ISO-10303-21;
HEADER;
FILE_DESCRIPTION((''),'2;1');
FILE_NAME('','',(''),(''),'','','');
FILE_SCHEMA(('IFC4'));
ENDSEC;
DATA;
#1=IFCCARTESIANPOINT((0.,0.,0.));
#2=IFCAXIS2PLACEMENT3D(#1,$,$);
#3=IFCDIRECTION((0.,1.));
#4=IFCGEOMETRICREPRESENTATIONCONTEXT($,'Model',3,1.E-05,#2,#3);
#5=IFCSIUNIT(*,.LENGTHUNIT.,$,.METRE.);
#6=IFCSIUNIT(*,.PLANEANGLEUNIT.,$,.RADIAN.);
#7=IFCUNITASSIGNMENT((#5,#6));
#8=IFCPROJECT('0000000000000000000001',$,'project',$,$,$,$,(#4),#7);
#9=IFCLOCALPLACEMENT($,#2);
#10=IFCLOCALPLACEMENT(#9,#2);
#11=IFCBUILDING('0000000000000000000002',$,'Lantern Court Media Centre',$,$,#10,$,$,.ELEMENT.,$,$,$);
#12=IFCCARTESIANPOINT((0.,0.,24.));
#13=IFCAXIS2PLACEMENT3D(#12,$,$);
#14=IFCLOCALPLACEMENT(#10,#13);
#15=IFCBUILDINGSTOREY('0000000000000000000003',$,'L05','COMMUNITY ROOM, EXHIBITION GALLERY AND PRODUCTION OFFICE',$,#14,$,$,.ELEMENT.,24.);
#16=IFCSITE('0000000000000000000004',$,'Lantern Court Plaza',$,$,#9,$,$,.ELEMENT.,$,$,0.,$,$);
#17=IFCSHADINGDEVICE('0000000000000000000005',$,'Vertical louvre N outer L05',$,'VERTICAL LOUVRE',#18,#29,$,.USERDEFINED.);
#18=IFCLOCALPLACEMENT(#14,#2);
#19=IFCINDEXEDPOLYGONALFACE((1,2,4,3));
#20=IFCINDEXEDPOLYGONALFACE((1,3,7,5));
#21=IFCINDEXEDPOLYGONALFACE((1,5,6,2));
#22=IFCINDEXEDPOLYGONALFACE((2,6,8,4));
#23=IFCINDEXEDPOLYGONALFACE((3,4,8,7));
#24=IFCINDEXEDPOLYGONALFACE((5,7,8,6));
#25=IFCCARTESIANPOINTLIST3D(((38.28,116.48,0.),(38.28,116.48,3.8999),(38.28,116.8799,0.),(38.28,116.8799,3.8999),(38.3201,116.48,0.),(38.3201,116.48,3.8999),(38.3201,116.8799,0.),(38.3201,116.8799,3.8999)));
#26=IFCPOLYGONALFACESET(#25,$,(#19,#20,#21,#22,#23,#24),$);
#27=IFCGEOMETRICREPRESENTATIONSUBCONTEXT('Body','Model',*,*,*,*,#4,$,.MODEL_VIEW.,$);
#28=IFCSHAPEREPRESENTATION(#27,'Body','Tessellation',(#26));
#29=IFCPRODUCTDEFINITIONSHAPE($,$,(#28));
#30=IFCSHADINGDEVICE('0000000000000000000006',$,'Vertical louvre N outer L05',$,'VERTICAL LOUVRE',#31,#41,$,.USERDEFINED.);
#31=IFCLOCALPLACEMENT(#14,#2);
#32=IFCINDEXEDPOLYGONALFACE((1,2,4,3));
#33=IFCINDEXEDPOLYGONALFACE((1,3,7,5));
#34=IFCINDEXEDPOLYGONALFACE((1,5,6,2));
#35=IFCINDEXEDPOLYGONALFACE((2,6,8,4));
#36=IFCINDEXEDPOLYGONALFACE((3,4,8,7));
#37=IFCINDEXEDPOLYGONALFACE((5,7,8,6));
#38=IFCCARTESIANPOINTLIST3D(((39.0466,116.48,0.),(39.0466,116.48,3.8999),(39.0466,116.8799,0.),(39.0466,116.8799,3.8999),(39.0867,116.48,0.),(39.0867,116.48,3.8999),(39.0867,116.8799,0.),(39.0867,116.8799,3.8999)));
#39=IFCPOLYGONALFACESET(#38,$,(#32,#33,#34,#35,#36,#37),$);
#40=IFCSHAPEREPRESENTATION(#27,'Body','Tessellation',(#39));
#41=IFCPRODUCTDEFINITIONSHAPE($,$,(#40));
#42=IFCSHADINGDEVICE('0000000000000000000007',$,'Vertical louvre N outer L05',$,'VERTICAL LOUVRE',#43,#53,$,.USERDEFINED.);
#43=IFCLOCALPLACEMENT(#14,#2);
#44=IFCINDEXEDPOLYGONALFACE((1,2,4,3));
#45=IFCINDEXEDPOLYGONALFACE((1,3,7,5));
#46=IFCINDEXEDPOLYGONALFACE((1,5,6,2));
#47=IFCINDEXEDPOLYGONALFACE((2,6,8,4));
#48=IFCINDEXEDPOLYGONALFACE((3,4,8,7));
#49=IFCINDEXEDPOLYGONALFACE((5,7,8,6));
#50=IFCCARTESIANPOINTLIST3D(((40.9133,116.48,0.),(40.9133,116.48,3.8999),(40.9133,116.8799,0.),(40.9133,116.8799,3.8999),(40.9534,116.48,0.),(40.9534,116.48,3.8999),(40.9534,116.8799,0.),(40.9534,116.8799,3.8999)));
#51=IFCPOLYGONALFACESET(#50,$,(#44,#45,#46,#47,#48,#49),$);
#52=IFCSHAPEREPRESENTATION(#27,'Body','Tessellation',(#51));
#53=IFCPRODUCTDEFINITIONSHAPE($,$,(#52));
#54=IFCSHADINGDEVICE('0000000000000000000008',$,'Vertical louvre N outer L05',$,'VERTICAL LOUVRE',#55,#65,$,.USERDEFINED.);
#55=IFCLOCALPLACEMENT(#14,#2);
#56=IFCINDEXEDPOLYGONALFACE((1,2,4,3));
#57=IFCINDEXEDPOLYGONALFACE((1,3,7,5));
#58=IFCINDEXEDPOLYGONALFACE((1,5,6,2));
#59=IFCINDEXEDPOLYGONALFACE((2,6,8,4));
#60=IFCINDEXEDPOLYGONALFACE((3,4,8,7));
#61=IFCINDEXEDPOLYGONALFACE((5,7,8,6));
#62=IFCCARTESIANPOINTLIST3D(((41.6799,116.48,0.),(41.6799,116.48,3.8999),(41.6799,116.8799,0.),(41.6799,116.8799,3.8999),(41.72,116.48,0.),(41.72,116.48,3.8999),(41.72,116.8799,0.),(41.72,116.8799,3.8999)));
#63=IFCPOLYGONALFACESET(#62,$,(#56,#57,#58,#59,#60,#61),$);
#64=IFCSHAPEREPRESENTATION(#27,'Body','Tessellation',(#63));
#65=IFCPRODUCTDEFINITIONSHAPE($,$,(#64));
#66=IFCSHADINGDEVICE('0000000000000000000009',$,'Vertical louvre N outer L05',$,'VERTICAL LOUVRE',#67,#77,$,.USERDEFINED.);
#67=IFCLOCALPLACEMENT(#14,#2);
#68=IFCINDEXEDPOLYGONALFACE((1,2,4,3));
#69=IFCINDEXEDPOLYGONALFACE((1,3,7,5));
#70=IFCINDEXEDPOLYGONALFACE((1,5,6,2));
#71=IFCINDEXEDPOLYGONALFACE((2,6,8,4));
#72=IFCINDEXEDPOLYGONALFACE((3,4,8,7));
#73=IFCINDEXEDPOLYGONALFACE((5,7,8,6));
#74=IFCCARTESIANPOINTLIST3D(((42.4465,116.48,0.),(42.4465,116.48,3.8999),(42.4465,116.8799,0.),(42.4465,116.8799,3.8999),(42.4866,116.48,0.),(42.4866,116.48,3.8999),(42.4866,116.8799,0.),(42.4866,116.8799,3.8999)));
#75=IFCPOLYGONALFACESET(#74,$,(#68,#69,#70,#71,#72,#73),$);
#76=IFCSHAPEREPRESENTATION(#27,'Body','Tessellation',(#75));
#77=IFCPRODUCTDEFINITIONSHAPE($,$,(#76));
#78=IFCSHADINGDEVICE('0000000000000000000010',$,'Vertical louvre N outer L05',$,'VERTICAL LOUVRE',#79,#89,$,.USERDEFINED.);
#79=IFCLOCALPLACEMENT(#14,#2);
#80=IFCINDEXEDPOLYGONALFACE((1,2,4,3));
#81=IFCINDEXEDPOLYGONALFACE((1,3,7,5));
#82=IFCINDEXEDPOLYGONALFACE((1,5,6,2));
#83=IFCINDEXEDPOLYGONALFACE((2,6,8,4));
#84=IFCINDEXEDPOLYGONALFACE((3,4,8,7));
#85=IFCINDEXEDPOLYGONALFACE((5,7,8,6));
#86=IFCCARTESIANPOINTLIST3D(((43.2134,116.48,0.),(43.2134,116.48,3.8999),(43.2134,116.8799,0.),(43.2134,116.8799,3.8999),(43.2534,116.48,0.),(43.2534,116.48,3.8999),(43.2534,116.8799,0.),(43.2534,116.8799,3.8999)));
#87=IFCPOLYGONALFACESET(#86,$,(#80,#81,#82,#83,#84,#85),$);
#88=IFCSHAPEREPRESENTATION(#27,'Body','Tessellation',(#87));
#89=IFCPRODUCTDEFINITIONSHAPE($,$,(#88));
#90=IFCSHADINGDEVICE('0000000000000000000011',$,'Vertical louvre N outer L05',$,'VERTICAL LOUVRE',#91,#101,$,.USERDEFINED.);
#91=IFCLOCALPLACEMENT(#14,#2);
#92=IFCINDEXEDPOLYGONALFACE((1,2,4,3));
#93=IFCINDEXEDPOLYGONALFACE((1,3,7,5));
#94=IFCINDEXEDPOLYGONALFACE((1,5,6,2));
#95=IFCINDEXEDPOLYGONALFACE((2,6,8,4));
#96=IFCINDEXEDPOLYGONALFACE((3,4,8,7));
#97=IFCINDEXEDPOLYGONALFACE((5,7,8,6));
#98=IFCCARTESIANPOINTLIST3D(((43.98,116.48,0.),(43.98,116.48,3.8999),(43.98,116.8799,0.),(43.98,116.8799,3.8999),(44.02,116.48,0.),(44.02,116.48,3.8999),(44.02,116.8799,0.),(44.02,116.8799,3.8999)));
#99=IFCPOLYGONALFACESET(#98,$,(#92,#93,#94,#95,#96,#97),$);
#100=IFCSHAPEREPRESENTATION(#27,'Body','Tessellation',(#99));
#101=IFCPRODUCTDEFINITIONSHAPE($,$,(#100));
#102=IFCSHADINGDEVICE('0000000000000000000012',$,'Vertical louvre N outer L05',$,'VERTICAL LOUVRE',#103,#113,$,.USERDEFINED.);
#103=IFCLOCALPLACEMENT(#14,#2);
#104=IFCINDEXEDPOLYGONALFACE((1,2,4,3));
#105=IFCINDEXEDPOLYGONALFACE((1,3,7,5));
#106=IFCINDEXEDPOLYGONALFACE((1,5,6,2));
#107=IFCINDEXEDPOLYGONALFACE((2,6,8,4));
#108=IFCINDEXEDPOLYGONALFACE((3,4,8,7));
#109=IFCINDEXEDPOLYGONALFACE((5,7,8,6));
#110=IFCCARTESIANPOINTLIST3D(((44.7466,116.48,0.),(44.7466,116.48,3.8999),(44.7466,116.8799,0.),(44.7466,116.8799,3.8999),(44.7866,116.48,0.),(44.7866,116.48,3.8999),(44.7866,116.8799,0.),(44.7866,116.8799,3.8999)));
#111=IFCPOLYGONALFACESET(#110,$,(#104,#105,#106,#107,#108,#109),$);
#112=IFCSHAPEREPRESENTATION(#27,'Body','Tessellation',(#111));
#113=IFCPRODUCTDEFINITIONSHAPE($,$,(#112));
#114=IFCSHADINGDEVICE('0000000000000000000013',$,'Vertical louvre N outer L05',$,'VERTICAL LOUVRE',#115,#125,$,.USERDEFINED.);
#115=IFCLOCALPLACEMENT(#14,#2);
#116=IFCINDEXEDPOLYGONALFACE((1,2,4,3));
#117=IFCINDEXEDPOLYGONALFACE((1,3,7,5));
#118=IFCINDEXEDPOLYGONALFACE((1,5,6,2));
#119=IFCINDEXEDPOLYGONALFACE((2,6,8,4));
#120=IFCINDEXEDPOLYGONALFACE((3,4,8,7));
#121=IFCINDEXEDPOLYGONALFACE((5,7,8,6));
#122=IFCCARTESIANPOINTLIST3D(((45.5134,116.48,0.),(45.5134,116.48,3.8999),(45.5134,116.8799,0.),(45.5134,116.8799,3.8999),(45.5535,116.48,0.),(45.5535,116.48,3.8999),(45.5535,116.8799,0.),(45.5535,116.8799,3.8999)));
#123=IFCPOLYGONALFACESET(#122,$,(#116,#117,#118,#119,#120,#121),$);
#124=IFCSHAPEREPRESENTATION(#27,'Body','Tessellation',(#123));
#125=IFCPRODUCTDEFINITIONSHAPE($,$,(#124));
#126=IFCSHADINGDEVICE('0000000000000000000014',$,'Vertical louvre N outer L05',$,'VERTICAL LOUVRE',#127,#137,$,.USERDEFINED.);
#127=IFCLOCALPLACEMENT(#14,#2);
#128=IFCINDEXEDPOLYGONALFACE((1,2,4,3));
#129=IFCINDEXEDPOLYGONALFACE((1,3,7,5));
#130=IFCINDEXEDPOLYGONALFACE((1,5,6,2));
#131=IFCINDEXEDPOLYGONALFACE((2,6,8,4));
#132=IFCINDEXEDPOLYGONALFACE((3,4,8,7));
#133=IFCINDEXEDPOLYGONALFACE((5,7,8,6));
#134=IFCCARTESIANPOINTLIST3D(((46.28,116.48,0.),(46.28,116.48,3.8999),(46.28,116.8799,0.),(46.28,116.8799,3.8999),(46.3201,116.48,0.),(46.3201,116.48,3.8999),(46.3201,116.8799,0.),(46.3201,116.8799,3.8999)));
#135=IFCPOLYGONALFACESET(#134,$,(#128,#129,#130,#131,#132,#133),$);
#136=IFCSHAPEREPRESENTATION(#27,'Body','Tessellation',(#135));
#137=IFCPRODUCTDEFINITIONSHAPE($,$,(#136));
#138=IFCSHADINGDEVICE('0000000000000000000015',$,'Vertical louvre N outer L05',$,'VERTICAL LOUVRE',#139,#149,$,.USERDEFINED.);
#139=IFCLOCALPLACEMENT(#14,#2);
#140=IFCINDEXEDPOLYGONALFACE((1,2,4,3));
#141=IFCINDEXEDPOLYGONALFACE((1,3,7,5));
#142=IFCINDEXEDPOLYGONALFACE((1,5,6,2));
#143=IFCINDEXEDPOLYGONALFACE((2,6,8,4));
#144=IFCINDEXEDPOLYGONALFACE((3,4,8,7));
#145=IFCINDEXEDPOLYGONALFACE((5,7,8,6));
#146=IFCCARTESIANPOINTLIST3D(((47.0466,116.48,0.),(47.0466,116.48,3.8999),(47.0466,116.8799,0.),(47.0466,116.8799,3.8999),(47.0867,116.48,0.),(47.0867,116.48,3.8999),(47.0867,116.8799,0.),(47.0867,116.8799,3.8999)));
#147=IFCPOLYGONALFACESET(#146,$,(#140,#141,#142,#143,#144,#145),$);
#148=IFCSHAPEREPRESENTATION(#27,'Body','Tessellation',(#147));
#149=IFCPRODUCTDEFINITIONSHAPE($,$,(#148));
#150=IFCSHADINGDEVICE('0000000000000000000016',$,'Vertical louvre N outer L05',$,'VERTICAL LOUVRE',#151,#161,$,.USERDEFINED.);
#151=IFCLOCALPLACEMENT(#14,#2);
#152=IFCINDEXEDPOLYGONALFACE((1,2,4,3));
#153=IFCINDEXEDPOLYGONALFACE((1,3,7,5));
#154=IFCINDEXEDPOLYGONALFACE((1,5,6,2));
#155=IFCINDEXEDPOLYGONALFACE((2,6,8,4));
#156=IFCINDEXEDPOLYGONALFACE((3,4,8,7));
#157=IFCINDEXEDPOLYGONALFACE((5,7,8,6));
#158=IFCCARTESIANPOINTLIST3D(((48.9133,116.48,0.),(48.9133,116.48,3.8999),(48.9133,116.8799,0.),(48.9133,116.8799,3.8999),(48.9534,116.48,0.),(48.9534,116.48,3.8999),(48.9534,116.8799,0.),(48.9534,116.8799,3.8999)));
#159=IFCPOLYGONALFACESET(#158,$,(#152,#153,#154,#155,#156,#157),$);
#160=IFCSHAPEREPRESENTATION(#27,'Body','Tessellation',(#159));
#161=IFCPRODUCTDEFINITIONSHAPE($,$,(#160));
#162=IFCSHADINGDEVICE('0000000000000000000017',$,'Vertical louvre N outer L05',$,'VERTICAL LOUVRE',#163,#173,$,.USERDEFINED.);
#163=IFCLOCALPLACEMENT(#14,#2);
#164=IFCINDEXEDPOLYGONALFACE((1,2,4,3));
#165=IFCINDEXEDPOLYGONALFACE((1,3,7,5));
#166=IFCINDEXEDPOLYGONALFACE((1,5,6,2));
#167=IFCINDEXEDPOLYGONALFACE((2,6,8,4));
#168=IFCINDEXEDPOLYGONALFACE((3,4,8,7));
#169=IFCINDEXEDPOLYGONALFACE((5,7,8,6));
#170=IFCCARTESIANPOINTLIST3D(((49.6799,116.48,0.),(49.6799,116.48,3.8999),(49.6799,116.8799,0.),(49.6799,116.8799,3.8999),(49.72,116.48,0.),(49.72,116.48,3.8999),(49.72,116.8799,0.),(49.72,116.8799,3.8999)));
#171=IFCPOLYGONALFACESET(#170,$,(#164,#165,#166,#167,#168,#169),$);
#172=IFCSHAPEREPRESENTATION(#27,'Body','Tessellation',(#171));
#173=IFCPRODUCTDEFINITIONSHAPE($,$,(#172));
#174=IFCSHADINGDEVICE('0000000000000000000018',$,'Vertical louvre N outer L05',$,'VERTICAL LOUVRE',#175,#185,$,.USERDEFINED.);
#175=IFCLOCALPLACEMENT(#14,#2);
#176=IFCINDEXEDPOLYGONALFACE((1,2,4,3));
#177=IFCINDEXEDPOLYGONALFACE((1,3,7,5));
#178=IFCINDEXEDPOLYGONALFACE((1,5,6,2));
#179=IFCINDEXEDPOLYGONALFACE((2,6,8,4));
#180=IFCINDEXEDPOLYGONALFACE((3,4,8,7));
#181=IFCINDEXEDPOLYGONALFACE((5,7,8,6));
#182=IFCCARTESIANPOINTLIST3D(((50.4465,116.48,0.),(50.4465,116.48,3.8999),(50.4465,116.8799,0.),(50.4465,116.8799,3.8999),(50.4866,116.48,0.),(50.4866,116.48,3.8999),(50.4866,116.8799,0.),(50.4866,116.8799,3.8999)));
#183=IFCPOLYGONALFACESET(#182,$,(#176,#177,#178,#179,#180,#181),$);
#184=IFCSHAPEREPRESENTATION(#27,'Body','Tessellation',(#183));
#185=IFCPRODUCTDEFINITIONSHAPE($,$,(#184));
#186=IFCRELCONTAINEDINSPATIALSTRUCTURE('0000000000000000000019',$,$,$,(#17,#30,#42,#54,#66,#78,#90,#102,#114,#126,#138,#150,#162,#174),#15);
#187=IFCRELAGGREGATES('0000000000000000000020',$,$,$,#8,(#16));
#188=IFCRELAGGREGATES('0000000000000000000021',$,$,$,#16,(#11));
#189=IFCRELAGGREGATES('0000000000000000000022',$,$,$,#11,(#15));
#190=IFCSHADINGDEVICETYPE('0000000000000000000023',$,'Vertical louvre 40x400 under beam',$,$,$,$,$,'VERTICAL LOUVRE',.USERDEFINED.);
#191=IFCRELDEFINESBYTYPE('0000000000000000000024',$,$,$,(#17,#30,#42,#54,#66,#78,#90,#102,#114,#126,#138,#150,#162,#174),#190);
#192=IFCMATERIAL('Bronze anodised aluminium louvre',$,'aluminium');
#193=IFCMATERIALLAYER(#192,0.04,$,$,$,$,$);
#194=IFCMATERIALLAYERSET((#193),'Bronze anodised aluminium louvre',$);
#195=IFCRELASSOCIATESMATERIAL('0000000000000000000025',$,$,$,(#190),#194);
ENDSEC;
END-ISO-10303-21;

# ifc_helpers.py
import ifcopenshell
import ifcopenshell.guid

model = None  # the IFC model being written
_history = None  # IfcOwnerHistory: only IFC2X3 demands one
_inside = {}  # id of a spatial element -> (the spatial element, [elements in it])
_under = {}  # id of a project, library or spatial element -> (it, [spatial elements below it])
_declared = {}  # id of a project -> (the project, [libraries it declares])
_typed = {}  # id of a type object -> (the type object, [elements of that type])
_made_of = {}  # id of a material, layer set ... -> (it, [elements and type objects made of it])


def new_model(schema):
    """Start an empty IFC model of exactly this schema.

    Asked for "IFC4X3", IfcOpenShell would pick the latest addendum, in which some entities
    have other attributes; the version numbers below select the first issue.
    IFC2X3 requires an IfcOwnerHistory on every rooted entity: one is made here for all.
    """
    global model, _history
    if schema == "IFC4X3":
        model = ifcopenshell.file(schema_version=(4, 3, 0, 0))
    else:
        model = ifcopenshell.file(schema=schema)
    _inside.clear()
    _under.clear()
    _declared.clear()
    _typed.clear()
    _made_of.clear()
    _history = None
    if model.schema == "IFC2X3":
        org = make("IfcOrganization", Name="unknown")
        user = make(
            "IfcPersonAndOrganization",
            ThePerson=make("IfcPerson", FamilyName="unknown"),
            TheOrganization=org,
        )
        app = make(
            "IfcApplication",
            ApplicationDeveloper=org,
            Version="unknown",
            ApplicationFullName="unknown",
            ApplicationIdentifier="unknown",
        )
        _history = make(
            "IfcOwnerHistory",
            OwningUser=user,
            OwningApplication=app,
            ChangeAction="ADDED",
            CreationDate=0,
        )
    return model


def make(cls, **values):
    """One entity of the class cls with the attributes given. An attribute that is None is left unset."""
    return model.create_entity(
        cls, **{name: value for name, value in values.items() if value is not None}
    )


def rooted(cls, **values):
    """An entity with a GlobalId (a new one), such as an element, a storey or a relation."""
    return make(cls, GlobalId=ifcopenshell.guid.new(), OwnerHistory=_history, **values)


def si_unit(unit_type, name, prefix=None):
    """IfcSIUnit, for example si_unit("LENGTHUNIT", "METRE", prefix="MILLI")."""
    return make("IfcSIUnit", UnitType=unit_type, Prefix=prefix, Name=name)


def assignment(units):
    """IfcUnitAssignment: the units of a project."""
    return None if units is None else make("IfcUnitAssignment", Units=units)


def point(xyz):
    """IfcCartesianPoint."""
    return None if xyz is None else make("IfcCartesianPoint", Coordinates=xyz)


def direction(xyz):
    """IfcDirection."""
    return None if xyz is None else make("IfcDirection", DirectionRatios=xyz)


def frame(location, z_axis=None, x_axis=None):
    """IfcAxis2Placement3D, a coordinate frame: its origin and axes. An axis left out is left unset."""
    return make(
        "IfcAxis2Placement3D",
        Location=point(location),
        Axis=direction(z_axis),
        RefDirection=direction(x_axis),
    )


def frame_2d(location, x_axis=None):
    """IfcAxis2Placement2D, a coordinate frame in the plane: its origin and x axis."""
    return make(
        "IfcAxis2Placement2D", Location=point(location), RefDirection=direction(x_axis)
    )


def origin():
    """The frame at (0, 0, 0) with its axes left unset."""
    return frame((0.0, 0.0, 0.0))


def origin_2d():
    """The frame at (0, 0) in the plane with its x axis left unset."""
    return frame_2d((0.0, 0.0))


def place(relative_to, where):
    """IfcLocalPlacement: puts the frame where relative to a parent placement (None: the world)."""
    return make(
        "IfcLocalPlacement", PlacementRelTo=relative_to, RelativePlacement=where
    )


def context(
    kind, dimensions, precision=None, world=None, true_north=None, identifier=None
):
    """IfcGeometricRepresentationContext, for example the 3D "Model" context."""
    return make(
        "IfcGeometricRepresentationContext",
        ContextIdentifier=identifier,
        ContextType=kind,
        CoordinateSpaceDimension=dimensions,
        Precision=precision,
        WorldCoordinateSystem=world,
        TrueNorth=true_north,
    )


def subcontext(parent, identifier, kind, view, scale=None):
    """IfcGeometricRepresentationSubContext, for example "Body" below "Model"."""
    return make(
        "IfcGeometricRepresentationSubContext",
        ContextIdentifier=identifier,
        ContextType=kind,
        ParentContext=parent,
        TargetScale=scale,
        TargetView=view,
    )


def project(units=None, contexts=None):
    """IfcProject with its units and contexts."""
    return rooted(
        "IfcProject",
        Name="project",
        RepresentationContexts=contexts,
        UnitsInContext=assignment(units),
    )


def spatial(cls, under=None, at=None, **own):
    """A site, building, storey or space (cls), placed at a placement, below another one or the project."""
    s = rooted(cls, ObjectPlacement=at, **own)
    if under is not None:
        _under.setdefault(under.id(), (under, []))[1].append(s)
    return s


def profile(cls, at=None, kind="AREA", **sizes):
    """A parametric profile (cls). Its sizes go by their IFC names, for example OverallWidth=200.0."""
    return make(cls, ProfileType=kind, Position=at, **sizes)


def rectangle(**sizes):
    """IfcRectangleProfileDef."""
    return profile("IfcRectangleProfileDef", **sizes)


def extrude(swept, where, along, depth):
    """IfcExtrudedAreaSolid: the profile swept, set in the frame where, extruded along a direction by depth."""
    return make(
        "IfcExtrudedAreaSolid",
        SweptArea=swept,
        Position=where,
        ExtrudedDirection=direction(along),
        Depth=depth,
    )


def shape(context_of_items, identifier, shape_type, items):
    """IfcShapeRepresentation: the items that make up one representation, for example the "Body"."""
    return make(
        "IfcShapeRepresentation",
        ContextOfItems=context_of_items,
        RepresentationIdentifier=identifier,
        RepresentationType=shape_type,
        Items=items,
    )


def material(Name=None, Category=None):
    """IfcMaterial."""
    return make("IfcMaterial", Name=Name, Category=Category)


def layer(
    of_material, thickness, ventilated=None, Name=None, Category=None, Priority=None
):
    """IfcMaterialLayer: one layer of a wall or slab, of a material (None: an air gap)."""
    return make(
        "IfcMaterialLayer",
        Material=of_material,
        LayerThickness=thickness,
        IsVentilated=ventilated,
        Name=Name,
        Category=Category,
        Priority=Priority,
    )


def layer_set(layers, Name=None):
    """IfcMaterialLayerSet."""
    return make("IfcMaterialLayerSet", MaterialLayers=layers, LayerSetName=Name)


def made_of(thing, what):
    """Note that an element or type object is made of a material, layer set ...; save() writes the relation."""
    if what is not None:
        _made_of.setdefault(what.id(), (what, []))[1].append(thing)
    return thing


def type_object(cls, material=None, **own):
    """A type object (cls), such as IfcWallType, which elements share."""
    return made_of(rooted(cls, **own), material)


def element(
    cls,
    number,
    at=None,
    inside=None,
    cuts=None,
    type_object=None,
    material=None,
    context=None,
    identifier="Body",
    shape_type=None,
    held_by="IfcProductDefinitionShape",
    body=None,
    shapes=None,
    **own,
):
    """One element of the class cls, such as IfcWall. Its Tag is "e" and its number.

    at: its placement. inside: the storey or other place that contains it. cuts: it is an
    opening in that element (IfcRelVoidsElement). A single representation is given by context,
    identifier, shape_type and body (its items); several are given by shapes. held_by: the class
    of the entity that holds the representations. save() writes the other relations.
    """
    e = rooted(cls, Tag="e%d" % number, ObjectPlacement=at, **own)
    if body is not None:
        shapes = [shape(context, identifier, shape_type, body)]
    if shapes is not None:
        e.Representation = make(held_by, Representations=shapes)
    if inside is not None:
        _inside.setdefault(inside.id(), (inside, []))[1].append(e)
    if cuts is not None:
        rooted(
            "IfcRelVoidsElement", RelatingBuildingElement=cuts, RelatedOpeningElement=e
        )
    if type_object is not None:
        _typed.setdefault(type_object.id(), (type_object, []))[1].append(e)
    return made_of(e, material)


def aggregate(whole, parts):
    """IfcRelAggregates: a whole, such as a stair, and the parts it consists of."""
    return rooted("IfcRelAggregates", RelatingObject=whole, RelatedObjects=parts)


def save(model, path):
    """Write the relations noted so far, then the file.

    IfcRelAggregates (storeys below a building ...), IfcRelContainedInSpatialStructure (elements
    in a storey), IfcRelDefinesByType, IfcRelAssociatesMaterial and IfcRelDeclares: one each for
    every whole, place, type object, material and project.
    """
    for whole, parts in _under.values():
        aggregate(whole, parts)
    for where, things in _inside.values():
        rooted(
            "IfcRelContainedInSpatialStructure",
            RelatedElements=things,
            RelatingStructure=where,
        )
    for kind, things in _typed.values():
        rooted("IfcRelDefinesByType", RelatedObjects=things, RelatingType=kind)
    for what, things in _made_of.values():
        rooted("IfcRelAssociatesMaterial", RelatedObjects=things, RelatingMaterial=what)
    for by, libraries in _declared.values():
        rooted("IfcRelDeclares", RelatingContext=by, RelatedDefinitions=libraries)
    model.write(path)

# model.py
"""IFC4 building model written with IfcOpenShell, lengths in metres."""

from ifc_helpers import new_model, si_unit, direction, frame, origin, origin_2d, place, context, subcontext, project, spatial, rectangle, extrude, material, layer, layer_set, type_object, element, save


model = new_model("IFC4")

# Units and contexts
model_context = context("Model", 3, precision=1e-05, world=origin(), true_north=direction((0.0, 1.0)))
body_context = subcontext(model_context, "Body", "Model", "MODEL_VIEW")
ifc_project = project(units=[si_unit("LENGTHUNIT", "METRE"), si_unit("PLANEANGLEUNIT", "RADIAN")], contexts=[model_context])

# Site, building, storey
site_placement = place(None, origin())
site = spatial("IfcSite", under=ifc_project, at=site_placement, Name="Lantern Court Plaza", CompositionType="ELEMENT", RefElevation=0.0)
building_placement = place(site_placement, origin())
building = spatial("IfcBuilding", under=site, at=building_placement, Name="Lantern Court Media Centre", CompositionType="ELEMENT")
storey_placement = place(building_placement, frame((0.0, 0.0, 24.0)))
storey = spatial("IfcBuildingStorey", under=building, at=storey_placement, Name="L05", Description="COMMUNITY ROOM, EXHIBITION GALLERY AND PRODUCTION OFFICE", CompositionType="ELEMENT", Elevation=24.0)

# Shading devices
ifc_material_1 = material(Name="Bronze anodised aluminium louvre", Category="aluminium")
ifc_layer_1 = layer(ifc_material_1, 0.04)
ifc_layer_set_1 = layer_set([ifc_layer_1], Name="Bronze anodised aluminium louvre")
shading_device_type = type_object("IfcShadingDeviceType", Name="Vertical louvre 40x400 under beam", ElementType="VERTICAL LOUVRE", PredefinedType="USERDEFINED", material=ifc_layer_set_1)
for number, where, z_axis, x_axis, name in (
    (1, (38.3, 116.6799, 0.0), (0.0, 0.0, 1.0), (1.0, 0.0, 0.0), "Vertical louvre N outer L05"),
    (2, (39.0667, 116.6799, 0.0), (0.0, 0.0, 1.0), (1.0, 0.0, 0.0), "Vertical louvre N outer L05"),
    (3, (40.9333, 116.6799, 0.0), (0.0, 0.0, 1.0), (1.0, 0.0, 0.0), "Vertical louvre N outer L05"),
    (4, (41.7, 116.6799, 0.0), (0.0, 0.0, 1.0), (1.0, 0.0, 0.0), "Vertical louvre N outer L05"),
    (5, (42.4666, 116.6799, 0.0), (0.0, 0.0, 1.0), (1.0, 0.0, 0.0), "Vertical louvre N outer L05"),
    (6, (43.2334, 116.6799, 0.0), (0.0, 0.0, 1.0), (1.0, 0.0, 0.0), "Vertical louvre N outer L05"),
    (7, (44.0, 116.6799, 0.0), (0.0, 0.0, 1.0), (1.0, 0.0, 0.0), "Vertical louvre N outer L05"),
    (8, (44.7666, 116.6799, 0.0), (0.0, 0.0, 1.0), (1.0, 0.0, 0.0), "Vertical louvre N outer L05"),
    (9, (45.5334, 116.6799, 0.0), (0.0, 0.0, 1.0), (1.0, 0.0, 0.0), "Vertical louvre N outer L05"),
    (10, (46.3, 116.6799, 0.0), (0.0, 0.0, 1.0), (1.0, 0.0, 0.0), "Vertical louvre N outer L05"),
    (11, (47.0667, 116.6799, 0.0), (0.0, 0.0, 1.0), (1.0, 0.0, 0.0), "Vertical louvre N outer L05"),
    (12, (48.9333, 116.6799, 0.0), (0.0, 0.0, 1.0), (1.0, 0.0, 0.0), "Vertical louvre N outer L05"),
    (13, (49.7, 116.6799, 0.0), (0.0, 0.0, 1.0), (1.0, 0.0, 0.0), "Vertical louvre N outer L05"),
    (14, (50.4666, 116.6799, 0.0), (0.0, 0.0, 1.0), (1.0, 0.0, 0.0), "Vertical louvre N outer L05"),
):
    element("IfcShadingDevice", number, at=place(storey_placement, frame(where, z_axis=z_axis, x_axis=x_axis)), inside=storey, type_object=shading_device_type, Name=name, ObjectType="VERTICAL LOUVRE", PredefinedType="USERDEFINED", context=body_context, shape_type="SweptSolid", body=[
        extrude(rectangle(XDim=0.04, YDim=0.3999, at=origin_2d()), origin(), (0.0, 0.0, 1.0), 3.8999),
    ])

save(model, "model.ifc")
